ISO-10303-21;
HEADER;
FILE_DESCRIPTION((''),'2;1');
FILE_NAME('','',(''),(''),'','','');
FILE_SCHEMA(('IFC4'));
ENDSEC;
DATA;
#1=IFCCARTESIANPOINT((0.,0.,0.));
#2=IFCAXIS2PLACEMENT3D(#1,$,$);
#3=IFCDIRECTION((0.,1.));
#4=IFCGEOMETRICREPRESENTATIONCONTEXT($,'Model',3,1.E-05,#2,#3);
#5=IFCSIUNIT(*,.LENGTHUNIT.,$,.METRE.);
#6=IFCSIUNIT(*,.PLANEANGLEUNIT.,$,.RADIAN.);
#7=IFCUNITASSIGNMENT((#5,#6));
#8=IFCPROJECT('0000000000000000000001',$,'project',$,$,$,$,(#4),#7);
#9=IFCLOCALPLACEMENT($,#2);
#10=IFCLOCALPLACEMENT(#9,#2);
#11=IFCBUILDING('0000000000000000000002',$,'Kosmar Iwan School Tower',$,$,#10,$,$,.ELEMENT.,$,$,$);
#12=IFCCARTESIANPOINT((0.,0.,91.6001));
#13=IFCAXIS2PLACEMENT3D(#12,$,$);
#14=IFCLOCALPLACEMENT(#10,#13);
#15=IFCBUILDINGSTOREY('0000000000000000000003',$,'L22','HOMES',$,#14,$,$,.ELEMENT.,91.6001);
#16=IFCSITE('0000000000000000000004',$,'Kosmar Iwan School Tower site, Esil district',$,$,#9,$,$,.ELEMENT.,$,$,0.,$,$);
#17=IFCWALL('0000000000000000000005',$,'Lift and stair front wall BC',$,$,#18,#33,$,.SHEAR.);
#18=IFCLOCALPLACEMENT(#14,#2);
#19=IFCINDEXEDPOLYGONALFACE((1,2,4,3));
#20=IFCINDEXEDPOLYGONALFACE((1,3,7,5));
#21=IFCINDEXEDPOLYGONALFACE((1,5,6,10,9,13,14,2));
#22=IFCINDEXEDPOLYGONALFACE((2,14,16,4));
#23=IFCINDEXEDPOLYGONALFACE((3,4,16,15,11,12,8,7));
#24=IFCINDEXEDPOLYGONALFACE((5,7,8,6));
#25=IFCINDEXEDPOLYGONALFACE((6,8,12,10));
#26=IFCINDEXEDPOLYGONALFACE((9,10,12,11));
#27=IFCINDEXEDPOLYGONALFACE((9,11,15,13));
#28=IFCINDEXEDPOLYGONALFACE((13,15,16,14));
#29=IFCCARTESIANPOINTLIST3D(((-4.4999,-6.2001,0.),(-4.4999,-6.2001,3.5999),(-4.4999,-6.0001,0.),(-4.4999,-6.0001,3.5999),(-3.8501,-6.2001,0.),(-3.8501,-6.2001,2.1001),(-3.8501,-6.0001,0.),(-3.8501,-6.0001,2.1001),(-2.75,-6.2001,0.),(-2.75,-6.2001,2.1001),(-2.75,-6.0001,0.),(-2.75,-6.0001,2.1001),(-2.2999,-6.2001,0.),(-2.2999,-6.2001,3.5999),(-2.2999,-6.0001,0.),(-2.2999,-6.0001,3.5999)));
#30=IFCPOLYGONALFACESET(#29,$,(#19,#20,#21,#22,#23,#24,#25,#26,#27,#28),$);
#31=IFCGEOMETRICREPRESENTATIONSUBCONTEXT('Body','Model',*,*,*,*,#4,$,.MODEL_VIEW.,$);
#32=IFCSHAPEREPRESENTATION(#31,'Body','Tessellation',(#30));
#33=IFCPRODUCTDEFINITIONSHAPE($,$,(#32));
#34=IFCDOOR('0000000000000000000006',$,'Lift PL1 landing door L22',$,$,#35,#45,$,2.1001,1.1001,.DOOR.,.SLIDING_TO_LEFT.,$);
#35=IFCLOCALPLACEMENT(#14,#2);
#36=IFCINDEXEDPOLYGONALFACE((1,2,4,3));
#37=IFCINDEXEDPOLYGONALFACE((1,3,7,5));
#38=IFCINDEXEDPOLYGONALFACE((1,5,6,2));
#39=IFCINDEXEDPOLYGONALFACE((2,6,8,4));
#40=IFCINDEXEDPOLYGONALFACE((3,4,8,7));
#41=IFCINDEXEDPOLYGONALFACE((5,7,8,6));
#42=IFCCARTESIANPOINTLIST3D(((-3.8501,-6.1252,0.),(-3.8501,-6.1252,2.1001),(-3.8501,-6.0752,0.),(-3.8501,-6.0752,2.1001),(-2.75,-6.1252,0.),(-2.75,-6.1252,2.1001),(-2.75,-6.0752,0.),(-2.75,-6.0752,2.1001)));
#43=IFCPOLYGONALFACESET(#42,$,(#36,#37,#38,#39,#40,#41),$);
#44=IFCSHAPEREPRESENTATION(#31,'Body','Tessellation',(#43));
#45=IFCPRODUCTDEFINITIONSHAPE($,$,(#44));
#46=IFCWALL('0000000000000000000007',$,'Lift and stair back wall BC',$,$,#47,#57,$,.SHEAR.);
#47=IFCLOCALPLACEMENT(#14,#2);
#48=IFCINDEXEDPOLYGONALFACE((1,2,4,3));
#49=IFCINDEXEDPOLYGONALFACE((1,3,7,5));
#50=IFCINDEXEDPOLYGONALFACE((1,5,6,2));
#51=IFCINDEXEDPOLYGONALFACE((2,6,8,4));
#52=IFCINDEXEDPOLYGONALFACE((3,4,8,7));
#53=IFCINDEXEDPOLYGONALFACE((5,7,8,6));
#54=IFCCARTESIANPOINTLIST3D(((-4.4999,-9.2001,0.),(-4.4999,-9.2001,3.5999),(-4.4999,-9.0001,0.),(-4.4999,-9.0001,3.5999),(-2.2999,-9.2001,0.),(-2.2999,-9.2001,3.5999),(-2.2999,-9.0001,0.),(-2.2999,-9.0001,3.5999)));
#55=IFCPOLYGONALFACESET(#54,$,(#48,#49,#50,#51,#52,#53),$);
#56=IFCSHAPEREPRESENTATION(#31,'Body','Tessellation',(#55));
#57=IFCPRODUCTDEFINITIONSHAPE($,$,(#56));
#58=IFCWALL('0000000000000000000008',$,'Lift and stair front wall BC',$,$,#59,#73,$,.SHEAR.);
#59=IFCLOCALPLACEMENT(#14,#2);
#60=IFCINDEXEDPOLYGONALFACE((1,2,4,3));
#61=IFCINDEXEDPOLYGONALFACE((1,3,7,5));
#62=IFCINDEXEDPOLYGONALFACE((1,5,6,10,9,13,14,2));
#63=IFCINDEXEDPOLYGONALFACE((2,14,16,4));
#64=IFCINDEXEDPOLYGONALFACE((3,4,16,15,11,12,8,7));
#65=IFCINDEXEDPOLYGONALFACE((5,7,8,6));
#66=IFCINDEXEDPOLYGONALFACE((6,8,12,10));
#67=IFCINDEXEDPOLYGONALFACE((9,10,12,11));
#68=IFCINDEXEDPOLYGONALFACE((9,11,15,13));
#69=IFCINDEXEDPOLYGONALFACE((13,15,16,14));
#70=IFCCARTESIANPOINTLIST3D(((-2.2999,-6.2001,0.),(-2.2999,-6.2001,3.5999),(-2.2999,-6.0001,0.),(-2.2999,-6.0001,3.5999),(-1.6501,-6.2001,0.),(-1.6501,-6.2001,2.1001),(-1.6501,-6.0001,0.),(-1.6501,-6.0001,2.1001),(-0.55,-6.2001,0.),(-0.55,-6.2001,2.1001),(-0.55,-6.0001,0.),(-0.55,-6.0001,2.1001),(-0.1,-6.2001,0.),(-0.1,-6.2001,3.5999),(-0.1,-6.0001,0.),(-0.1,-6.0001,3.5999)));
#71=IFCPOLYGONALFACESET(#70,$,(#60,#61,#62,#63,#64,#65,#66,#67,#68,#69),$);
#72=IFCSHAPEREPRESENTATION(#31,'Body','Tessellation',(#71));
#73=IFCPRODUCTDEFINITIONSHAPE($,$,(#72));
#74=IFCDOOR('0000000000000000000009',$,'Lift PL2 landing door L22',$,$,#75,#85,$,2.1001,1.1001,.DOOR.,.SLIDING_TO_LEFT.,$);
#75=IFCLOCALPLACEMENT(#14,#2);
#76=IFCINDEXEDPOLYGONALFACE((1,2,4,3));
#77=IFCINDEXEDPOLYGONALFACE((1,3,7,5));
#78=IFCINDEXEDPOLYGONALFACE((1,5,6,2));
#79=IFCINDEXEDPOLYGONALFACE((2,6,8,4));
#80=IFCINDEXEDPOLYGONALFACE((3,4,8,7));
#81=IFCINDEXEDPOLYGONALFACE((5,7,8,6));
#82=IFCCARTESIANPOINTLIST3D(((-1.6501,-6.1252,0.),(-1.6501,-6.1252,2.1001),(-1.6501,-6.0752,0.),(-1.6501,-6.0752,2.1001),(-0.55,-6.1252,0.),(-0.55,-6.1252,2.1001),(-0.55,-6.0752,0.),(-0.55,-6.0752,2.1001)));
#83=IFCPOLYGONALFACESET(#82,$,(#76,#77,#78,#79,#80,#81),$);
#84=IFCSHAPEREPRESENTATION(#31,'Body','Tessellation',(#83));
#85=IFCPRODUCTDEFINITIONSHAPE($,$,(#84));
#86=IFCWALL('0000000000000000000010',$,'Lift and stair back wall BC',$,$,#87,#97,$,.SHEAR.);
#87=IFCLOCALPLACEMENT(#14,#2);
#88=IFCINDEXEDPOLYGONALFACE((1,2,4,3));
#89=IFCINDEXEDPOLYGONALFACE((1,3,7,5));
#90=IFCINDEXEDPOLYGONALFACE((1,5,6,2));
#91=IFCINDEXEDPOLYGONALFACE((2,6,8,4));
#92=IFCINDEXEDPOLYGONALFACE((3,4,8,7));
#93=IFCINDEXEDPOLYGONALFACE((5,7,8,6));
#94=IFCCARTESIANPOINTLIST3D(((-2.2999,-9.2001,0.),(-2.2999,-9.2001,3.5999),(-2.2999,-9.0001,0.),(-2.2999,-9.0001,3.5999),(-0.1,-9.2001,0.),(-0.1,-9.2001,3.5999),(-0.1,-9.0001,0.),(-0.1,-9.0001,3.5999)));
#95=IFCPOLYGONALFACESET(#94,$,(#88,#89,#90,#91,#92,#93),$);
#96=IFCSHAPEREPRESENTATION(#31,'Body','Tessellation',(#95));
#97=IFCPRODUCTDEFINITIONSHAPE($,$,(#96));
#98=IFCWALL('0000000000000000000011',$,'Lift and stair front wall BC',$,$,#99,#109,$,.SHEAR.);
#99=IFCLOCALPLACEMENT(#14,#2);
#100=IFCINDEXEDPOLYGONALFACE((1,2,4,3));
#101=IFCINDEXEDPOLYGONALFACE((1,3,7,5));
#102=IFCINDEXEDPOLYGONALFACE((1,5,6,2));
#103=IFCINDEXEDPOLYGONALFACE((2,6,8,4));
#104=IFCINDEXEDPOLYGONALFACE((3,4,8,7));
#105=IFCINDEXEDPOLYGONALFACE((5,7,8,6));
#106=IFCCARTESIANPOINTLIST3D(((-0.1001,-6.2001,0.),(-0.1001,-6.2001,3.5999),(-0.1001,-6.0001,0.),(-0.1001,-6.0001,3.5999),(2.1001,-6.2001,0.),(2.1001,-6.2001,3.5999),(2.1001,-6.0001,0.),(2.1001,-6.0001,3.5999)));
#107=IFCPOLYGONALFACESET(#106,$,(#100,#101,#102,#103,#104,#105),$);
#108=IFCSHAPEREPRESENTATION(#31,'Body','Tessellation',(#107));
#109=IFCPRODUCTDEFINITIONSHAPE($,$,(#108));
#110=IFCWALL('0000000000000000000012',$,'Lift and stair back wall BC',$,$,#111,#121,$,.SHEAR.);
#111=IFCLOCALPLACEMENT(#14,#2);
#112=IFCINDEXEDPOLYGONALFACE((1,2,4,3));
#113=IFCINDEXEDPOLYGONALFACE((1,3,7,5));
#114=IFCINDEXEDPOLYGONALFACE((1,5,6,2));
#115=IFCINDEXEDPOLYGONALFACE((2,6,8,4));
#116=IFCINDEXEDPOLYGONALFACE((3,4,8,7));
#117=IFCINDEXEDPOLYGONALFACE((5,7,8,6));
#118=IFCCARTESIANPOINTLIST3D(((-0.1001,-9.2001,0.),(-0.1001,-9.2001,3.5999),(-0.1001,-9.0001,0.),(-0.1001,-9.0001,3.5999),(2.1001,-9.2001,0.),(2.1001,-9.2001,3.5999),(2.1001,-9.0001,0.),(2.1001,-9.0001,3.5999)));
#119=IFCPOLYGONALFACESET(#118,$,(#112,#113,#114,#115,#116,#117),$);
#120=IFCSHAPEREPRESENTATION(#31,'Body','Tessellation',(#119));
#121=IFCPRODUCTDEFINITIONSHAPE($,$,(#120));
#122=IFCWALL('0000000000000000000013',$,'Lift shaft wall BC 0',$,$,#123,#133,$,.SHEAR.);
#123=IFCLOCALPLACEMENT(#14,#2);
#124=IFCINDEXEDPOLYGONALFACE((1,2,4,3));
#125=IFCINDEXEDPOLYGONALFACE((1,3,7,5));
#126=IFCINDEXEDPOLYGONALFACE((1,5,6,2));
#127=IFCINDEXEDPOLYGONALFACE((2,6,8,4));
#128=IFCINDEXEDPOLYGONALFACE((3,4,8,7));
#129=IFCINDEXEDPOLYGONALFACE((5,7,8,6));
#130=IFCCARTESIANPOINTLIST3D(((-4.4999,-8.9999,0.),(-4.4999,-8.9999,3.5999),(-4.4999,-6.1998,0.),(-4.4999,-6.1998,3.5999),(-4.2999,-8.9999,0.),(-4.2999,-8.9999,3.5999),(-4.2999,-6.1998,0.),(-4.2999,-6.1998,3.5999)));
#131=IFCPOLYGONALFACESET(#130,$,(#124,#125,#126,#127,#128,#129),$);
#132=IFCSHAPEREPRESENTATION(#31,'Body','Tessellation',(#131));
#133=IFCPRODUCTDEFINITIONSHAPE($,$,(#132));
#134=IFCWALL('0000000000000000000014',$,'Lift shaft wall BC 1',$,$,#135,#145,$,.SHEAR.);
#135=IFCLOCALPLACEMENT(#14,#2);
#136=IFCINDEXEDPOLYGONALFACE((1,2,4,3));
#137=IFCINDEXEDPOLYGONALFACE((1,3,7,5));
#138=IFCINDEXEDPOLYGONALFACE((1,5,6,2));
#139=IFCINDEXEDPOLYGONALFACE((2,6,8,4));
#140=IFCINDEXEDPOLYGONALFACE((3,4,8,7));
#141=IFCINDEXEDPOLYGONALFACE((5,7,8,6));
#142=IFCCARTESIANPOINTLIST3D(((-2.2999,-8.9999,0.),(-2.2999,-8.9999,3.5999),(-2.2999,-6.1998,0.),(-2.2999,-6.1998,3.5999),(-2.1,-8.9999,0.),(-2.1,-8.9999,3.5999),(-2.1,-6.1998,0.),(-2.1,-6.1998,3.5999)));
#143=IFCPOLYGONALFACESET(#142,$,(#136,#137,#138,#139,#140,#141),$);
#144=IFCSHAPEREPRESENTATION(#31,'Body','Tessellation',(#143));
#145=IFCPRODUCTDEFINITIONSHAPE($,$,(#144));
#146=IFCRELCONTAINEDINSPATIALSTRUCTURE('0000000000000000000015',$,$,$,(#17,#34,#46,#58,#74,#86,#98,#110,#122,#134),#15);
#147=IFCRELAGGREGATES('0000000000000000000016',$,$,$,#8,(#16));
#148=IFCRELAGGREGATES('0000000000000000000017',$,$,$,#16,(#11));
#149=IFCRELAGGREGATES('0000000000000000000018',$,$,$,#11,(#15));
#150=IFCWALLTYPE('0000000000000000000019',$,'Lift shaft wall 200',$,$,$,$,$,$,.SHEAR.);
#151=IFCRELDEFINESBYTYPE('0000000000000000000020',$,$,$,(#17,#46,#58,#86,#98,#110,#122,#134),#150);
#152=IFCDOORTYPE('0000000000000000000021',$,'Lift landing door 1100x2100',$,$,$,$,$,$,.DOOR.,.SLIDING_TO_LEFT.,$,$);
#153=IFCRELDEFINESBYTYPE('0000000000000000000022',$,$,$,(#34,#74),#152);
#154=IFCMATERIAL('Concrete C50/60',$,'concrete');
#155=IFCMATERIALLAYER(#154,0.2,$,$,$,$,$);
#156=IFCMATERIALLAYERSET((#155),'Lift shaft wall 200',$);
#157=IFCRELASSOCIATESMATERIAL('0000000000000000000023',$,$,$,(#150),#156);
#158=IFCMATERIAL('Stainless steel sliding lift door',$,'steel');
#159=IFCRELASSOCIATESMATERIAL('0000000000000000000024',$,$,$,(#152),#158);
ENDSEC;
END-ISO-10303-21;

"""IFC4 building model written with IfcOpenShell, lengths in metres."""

from ifc_helpers import new_model, si_unit, direction, frame, frame_2d, origin, place, context, subcontext, project, spatial, rectangle, extrude, material, layer, layer_set, type_object, element, fill, save


model = new_model("IFC4")

# Units and contexts
model_context = context("Model", 3, precision=1e-05, world=origin(), true_north=direction((0.0, 1.0)))
body_context = subcontext(model_context, "Body", "Model", "MODEL_VIEW")
ifc_project = project(units=[si_unit("LENGTHUNIT", "METRE"), si_unit("PLANEANGLEUNIT", "RADIAN")], contexts=[model_context])

# Site, building, storey
site_placement = place(None, origin())
site = spatial("IfcSite", under=ifc_project, at=site_placement, Name="Kosmar Iwan School Tower site, Esil district", CompositionType="ELEMENT", RefElevation=0.0)
building_placement = place(site_placement, origin())
building = spatial("IfcBuilding", under=site, at=building_placement, Name="Kosmar Iwan School Tower", CompositionType="ELEMENT")
storey_placement = place(building_placement, frame((0.0, 0.0, 91.6001)))
storey = spatial("IfcBuildingStorey", under=building, at=storey_placement, Name="L22", Description="HOMES", CompositionType="ELEMENT", Elevation=91.6001)

# Wall, opening, door
ifc_material_1 = material(Name="Concrete C50/60", Category="concrete")
ifc_layer_1 = layer(ifc_material_1, 0.2)
ifc_layer_set_1 = layer_set([ifc_layer_1], Name="Lift shaft wall 200")
wall_type_1 = type_object("IfcWallType", Name="Lift shaft wall 200", PredefinedType="SHEAR", material=ifc_layer_set_1)
wall_1_placement = place(storey_placement, frame((-4.5, -6.1001, 0.0), z_axis=(0.0, 0.0, 1.0), x_axis=(1.0, 0.0, 0.0)))
wall_1 = element("IfcWall", 1, at=wall_1_placement, inside=storey, type_object=wall_type_1, Name="Lift and stair front wall BC", PredefinedType="SHEAR", context=body_context, shape_type="SweptSolid", body=[
    extrude(rectangle(XDim=2.2, YDim=0.2, at=frame_2d((1.1001, 0.0))), origin(), (0.0, 0.0, 1.0), 3.5999),
])
opening_1_placement = place(wall_1_placement, frame((0.6499, 0.0, 0.0)))
opening_1 = element("IfcOpeningElement", 2, at=opening_1_placement, cuts=wall_1, PredefinedType="OPENING", context=body_context, shape_type="SweptSolid", body=[
    extrude(rectangle(XDim=1.1001, YDim=2.1001, at=frame_2d((0.55, 1.05))), frame((0.0, 0.1121, 0.0), z_axis=(0.0, -1.0, 0.0), x_axis=(1.0, 0.0, 0.0)), (0.0, 0.0, 1.0), 0.2239),
])
ifc_material_2 = material(Name="Stainless steel sliding lift door", Category="steel")
door_type_1 = type_object("IfcDoorType", Name="Lift landing door 1100x2100", OperationType="SLIDING_TO_LEFT", PredefinedType="DOOR", material=ifc_material_2)
door_1_placement = place(opening_1_placement, origin())
door_1 = element("IfcDoor", 3, at=door_1_placement, inside=storey, type_object=door_type_1, Name="Lift PL1 landing door L22", OperationType="SLIDING_TO_LEFT", OverallHeight=2.1001, OverallWidth=1.1001, PredefinedType="DOOR", context=body_context, shape_type="SweptSolid", body=[
    extrude(rectangle(XDim=1.1001, YDim=2.1001, at=frame_2d((0.55, 1.05))), frame((0.0, 0.0249, 0.0), z_axis=(0.0, -1.0, 0.0), x_axis=(1.0, 0.0, 0.0)), (0.0, 0.0, 1.0), 0.05),
])
fill(opening_1, door_1)

# Wall
wall_2_placement = place(storey_placement, frame((-4.5, -9.1001, 0.0), z_axis=(0.0, 0.0, 1.0), x_axis=(1.0, 0.0, 0.0)))
element("IfcWall", 4, at=wall_2_placement, inside=storey, type_object=wall_type_1, Name="Lift and stair back wall BC", PredefinedType="SHEAR", context=body_context, shape_type="SweptSolid", body=[
    extrude(rectangle(XDim=2.2, YDim=0.2, at=frame_2d((1.1001, 0.0))), origin(), (0.0, 0.0, 1.0), 3.5999),
])

# Wall, opening, door
wall_3_placement = place(storey_placement, frame((-2.3, -6.1001, 0.0), z_axis=(0.0, 0.0, 1.0), x_axis=(1.0, 0.0, 0.0)))
wall_3 = element("IfcWall", 5, at=wall_3_placement, inside=storey, type_object=wall_type_1, Name="Lift and stair front wall BC", PredefinedType="SHEAR", context=body_context, shape_type="SweptSolid", body=[
    extrude(rectangle(XDim=2.2, YDim=0.2, at=frame_2d((1.1001, 0.0))), origin(), (0.0, 0.0, 1.0), 3.5999),
])
opening_2_placement = place(wall_3_placement, frame((0.6499, 0.0, 0.0)))
opening_2 = element("IfcOpeningElement", 6, at=opening_2_placement, cuts=wall_3, PredefinedType="OPENING", context=body_context, shape_type="SweptSolid", body=[
    extrude(rectangle(XDim=1.1001, YDim=2.1001, at=frame_2d((0.55, 1.05))), frame((0.0, 0.1121, 0.0), z_axis=(0.0, -1.0, 0.0), x_axis=(1.0, 0.0, 0.0)), (0.0, 0.0, 1.0), 0.2239),
])
door_2_placement = place(opening_2_placement, origin())
door_2 = element("IfcDoor", 7, at=door_2_placement, inside=storey, type_object=door_type_1, Name="Lift PL2 landing door L22", OperationType="SLIDING_TO_LEFT", OverallHeight=2.1001, OverallWidth=1.1001, PredefinedType="DOOR", context=body_context, shape_type="SweptSolid", body=[
    extrude(rectangle(XDim=1.1001, YDim=2.1001, at=frame_2d((0.55, 1.05))), frame((0.0, 0.0249, 0.0), z_axis=(0.0, -1.0, 0.0), x_axis=(1.0, 0.0, 0.0)), (0.0, 0.0, 1.0), 0.05),
])
fill(opening_2, door_2)

# Walls
wall_4_placement = place(storey_placement, frame((-2.3, -9.1001, 0.0), z_axis=(0.0, 0.0, 1.0), x_axis=(1.0, 0.0, 0.0)))
element("IfcWall", 8, at=wall_4_placement, inside=storey, type_object=wall_type_1, Name="Lift and stair back wall BC", PredefinedType="SHEAR", context=body_context, shape_type="SweptSolid", body=[
    extrude(rectangle(XDim=2.2, YDim=0.2, at=frame_2d((1.1001, 0.0))), origin(), (0.0, 0.0, 1.0), 3.5999),
])
for number, where, z_axis, x_axis, name in (
    (9, (-0.1001, -6.1001, 0.0), (0.0, 0.0, 1.0), (1.0, 0.0, 0.0), "Lift and stair front wall BC"),
    (10, (-0.1001, -9.1001, 0.0), (0.0, 0.0, 1.0), (1.0, 0.0, 0.0), "Lift and stair back wall BC"),
):
    element("IfcWall", number, at=place(storey_placement, frame(where, z_axis=z_axis, x_axis=x_axis)), inside=storey, type_object=wall_type_1, Name=name, PredefinedType="SHEAR", context=body_context, shape_type="SweptSolid", body=[
        extrude(rectangle(XDim=2.2002, YDim=0.2, at=frame_2d((1.1001, 0.0))), origin(), (0.0, 0.0, 1.0), 3.5999),
    ])
for number, where, z_axis, x_axis, name in (
    (11, (-4.3999, -6.2, 0.0), (0.0, 0.0, 1.0), (0.0, -1.0, 0.0), "Lift shaft wall BC 0"),
    (12, (-2.2, -6.2, 0.0), (0.0, 0.0, 1.0), (0.0, -1.0, 0.0), "Lift shaft wall BC 1"),
):
    element("IfcWall", number, at=place(storey_placement, frame(where, z_axis=z_axis, x_axis=x_axis)), inside=storey, type_object=wall_type_1, Name=name, PredefinedType="SHEAR", context=body_context, shape_type="SweptSolid", body=[
        extrude(rectangle(XDim=2.8, YDim=0.2, at=frame_2d((1.3999, 0.0))), origin(), (0.0, 0.0, 1.0), 3.5999),
    ])

save(model, "model.ifc")
